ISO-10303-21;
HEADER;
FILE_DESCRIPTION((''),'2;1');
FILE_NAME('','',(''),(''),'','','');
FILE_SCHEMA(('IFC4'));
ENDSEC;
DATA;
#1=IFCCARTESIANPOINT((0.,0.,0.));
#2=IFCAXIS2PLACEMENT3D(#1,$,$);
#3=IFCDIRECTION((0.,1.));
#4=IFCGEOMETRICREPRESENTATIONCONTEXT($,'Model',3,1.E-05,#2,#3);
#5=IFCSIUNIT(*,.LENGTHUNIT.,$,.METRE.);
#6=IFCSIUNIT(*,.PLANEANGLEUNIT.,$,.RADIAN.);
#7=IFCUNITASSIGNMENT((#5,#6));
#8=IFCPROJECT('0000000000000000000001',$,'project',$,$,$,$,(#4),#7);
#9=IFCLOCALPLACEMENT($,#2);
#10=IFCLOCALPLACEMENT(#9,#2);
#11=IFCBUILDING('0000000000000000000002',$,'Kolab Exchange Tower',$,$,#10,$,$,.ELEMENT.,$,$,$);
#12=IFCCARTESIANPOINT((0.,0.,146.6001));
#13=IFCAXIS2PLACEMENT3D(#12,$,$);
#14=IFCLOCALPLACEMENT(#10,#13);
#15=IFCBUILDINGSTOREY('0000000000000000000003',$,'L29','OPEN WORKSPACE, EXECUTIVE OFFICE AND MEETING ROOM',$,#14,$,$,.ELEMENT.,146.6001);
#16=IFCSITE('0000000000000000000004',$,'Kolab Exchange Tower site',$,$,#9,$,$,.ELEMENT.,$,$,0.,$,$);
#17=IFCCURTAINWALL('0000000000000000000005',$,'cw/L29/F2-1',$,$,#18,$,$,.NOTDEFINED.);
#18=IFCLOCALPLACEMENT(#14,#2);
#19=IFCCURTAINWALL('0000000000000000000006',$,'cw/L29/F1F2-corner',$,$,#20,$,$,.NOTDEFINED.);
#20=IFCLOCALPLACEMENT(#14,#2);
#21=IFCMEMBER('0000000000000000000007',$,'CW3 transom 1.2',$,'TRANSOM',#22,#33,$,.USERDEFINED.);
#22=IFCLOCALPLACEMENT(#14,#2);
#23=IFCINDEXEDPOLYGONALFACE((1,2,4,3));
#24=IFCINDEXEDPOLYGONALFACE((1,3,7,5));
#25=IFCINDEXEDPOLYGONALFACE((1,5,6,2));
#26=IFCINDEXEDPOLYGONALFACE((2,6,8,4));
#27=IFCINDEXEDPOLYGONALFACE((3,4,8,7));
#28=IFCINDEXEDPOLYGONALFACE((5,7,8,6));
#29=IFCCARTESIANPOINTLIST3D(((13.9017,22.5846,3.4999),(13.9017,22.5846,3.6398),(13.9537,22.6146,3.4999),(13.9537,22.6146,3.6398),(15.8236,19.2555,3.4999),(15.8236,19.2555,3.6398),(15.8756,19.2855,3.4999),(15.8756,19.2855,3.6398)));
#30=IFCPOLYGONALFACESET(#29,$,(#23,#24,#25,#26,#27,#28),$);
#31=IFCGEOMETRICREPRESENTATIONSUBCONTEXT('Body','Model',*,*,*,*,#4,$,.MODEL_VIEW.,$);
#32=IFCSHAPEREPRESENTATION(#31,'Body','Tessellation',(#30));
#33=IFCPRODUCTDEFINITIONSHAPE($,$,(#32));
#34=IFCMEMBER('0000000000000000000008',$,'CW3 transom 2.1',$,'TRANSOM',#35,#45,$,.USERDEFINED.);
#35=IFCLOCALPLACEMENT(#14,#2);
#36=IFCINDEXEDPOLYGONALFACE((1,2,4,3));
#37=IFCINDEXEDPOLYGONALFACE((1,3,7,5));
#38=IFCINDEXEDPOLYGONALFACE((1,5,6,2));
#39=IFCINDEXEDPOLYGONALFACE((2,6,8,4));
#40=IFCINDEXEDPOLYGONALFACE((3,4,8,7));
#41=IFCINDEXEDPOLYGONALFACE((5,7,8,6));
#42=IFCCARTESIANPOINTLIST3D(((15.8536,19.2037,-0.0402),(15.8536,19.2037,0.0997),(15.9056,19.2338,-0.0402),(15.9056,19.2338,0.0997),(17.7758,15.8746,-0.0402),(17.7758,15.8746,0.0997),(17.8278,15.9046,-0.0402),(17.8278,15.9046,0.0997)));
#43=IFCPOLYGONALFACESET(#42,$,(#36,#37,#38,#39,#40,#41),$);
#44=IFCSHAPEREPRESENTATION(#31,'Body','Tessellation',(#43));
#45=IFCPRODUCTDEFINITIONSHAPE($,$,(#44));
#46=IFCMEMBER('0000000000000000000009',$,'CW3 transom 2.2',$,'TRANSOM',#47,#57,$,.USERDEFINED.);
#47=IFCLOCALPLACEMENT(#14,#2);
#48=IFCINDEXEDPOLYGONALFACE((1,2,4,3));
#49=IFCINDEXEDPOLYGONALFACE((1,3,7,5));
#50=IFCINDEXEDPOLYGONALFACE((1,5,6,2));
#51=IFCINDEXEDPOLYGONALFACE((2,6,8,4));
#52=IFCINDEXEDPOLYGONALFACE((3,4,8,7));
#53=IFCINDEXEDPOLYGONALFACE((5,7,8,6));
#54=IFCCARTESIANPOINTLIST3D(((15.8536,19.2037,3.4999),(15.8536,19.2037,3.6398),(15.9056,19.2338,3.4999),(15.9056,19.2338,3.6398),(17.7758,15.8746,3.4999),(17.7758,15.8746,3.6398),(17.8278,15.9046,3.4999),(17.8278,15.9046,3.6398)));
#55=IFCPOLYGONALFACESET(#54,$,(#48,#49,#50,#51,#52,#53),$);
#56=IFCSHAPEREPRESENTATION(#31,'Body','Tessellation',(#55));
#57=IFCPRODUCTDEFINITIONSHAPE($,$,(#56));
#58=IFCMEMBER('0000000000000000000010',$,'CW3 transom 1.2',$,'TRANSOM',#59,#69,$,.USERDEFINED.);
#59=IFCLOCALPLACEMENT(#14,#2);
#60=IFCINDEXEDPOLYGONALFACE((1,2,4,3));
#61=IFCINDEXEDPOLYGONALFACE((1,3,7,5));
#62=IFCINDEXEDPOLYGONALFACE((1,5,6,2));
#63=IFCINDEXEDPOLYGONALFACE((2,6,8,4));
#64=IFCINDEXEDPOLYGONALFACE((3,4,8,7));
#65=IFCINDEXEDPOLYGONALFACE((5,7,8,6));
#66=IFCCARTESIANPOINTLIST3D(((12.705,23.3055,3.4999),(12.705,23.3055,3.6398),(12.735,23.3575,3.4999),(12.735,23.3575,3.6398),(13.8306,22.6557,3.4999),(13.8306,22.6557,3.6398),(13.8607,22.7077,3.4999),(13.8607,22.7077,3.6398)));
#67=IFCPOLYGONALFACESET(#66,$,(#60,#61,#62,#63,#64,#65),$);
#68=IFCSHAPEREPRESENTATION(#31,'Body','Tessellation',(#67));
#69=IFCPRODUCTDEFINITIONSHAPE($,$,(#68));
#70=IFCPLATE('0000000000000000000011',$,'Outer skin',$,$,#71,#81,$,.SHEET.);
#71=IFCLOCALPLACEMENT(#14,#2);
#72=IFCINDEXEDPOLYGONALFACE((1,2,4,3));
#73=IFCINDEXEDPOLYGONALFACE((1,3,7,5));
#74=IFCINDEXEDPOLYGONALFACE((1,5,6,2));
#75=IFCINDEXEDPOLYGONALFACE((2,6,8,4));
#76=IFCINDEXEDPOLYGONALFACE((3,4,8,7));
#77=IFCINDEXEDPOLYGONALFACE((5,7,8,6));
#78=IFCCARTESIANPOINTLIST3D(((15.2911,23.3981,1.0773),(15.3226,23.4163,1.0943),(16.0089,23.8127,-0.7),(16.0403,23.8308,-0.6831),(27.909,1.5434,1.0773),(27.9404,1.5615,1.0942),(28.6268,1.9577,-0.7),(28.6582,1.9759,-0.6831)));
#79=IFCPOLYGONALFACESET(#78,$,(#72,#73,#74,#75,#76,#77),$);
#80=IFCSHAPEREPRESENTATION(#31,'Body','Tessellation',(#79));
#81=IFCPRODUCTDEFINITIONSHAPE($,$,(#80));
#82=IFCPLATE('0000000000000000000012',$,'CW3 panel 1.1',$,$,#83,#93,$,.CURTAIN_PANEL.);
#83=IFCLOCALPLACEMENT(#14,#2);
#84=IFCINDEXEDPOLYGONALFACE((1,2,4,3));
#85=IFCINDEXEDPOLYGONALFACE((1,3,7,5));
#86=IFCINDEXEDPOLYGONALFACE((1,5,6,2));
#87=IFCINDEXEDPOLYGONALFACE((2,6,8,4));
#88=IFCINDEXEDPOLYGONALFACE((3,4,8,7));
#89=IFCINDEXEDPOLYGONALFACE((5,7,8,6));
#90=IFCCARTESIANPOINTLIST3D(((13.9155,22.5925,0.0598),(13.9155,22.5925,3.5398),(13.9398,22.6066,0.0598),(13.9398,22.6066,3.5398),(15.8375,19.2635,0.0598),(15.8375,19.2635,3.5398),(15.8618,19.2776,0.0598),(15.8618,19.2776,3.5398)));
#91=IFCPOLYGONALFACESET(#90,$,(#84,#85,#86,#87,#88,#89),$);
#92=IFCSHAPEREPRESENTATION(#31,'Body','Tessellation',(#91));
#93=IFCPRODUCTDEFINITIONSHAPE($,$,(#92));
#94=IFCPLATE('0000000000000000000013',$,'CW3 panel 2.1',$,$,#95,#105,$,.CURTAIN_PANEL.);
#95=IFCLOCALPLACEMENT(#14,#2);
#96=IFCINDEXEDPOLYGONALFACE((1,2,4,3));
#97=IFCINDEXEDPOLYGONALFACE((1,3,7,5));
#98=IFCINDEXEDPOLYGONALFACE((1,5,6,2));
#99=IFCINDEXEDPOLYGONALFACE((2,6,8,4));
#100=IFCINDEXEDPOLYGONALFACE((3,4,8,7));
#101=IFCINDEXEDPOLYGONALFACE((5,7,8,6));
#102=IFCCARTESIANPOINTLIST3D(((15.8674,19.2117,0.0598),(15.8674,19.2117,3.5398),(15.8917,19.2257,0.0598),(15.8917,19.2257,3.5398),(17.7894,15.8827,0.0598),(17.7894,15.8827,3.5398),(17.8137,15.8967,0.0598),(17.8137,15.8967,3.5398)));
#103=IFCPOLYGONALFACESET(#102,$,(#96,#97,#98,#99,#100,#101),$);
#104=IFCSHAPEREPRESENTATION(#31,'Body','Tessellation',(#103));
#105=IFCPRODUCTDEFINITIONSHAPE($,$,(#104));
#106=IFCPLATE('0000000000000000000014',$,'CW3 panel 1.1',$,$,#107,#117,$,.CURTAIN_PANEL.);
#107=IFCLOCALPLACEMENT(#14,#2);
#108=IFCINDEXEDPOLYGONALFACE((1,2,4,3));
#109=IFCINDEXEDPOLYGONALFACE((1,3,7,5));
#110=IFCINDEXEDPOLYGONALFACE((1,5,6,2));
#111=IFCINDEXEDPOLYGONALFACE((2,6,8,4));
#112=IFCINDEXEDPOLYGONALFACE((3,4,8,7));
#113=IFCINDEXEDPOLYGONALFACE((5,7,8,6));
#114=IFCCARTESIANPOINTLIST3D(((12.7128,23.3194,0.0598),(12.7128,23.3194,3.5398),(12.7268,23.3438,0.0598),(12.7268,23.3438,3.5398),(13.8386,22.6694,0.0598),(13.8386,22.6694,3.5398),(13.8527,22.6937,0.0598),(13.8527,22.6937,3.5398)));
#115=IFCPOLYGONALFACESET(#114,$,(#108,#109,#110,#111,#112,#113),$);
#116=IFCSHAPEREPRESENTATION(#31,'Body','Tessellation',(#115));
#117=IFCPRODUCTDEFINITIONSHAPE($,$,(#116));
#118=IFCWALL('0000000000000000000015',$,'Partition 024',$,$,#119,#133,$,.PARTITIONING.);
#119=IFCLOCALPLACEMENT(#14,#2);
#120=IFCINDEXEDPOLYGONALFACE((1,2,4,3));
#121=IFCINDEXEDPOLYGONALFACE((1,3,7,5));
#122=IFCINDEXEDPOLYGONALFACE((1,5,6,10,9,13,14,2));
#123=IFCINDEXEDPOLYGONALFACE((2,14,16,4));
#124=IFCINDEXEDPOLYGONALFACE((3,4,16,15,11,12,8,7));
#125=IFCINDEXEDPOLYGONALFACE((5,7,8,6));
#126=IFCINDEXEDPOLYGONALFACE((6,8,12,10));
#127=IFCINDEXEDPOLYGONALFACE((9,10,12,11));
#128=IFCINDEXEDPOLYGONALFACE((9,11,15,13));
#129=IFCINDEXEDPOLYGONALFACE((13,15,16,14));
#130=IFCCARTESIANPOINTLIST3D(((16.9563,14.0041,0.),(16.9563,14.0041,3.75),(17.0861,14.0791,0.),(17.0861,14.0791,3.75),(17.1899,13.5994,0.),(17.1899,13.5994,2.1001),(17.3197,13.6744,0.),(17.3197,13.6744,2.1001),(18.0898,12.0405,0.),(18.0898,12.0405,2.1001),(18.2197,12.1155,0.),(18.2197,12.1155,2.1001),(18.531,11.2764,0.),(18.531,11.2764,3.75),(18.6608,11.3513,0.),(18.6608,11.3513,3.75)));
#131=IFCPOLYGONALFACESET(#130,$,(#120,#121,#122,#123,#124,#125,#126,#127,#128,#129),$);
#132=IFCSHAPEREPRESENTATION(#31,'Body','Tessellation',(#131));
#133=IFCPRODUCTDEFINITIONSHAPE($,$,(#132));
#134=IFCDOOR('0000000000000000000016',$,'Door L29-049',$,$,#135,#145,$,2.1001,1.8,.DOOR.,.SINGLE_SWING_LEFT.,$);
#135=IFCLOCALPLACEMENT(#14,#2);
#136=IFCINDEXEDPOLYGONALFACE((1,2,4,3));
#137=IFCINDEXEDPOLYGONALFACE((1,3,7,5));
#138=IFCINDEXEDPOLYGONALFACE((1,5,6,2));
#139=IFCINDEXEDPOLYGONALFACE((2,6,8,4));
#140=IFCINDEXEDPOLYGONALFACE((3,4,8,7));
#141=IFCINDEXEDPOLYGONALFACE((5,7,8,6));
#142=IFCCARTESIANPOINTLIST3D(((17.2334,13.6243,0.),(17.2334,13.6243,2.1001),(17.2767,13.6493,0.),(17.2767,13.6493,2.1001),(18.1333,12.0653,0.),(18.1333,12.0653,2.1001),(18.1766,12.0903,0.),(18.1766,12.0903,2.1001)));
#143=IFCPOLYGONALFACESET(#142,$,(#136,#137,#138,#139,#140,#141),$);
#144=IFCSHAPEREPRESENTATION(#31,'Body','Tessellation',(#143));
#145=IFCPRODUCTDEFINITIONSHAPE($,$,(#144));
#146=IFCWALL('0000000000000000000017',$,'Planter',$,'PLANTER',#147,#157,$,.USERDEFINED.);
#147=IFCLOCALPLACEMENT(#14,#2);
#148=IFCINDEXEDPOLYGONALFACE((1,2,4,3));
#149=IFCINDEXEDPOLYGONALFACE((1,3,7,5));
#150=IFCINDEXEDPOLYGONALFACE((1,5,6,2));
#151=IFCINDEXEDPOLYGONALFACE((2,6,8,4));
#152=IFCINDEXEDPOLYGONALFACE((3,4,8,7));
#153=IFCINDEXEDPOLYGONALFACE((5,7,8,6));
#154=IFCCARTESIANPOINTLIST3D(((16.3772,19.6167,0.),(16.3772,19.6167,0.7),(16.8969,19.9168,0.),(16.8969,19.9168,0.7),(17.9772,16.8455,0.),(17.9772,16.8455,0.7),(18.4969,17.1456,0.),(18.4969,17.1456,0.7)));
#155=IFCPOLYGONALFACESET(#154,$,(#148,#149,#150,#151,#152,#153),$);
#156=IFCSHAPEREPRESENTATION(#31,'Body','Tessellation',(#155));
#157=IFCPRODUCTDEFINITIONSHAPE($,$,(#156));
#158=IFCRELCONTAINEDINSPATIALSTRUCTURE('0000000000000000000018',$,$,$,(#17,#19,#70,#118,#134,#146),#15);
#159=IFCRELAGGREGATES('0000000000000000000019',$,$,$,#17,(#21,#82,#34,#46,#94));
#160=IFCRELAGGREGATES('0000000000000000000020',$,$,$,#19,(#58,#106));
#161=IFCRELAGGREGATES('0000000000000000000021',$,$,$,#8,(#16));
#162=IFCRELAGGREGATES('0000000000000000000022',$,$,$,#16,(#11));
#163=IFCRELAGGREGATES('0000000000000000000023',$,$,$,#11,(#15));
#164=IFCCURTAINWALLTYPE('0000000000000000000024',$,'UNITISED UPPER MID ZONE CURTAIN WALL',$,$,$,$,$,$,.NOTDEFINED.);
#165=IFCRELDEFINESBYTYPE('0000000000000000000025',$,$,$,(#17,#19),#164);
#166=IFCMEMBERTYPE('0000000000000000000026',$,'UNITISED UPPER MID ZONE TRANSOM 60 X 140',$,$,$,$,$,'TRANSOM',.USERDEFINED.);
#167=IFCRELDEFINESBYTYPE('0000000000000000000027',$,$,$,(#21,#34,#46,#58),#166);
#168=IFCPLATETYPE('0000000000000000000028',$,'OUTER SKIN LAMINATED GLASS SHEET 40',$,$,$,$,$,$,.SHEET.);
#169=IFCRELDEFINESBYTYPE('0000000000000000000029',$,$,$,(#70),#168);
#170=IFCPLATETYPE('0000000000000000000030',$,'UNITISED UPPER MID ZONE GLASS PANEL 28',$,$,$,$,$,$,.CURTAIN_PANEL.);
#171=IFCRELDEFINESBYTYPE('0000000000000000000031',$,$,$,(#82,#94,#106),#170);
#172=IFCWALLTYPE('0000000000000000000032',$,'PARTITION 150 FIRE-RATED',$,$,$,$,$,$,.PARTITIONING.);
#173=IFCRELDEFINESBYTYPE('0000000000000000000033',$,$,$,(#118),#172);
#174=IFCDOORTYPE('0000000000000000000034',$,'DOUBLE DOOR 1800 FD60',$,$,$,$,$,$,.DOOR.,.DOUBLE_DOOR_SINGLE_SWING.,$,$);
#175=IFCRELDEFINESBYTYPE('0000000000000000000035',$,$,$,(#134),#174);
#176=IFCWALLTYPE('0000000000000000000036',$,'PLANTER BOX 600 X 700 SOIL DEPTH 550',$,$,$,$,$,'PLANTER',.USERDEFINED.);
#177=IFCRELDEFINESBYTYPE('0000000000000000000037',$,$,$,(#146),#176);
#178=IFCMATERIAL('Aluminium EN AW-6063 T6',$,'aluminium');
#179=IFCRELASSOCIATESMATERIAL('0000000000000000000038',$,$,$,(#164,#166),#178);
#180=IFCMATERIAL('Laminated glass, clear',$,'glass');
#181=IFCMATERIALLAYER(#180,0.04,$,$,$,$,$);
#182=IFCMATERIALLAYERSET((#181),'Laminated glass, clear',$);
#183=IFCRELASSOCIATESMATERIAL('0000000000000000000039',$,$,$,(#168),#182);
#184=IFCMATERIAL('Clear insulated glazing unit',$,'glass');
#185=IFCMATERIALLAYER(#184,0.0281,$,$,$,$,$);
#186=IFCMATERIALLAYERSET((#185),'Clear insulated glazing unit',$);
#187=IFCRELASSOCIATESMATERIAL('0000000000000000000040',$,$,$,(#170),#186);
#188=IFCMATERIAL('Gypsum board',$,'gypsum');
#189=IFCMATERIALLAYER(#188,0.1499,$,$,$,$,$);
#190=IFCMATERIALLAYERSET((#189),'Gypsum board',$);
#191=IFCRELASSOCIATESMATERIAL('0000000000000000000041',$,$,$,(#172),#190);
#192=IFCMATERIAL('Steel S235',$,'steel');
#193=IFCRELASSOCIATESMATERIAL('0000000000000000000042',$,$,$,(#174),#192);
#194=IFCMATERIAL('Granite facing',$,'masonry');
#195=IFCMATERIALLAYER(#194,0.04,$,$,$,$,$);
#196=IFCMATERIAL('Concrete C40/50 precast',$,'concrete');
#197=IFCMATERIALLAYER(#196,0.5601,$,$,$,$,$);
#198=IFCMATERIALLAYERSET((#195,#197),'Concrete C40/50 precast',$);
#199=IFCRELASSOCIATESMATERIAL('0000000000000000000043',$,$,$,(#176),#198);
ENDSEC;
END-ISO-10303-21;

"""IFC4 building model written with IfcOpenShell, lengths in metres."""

from ifc_helpers import new_model, si_unit, direction, frame, frame_2d, origin, origin_2d, place, context, subcontext, project, spatial, polyline, rectangle, outline, extrude, material, layer, layer_set, material_profile, profile_set, type_object, element, fill, aggregate, save


model = new_model("IFC4")

# Units and contexts
model_context = context("Model", 3, precision=1e-05, world=origin(), true_north=direction((0.0, 1.0)))
body_context = subcontext(model_context, "Body", "Model", "MODEL_VIEW")
ifc_project = project(units=[si_unit("LENGTHUNIT", "METRE"), si_unit("PLANEANGLEUNIT", "RADIAN")], contexts=[model_context])

# Site, building, storey
site_placement = place(None, origin())
site = spatial("IfcSite", under=ifc_project, at=site_placement, Name="Kolab Exchange Tower site", CompositionType="ELEMENT", RefElevation=0.0)
building_placement = place(site_placement, origin())
building = spatial("IfcBuilding", under=site, at=building_placement, Name="Kolab Exchange Tower", CompositionType="ELEMENT")
storey_placement = place(building_placement, frame((0.0, 0.0, 146.6001)))
storey = spatial("IfcBuildingStorey", under=building, at=storey_placement, Name="L29", Description="OPEN WORKSPACE, EXECUTIVE OFFICE AND MEETING ROOM", CompositionType="ELEMENT", Elevation=146.6001)

# Curtain wall
ifc_material_1 = material(Name="Aluminium EN AW-6063 T6", Category="aluminium")
curtain_wall_type = type_object("IfcCurtainWallType", Name="UNITISED UPPER MID ZONE CURTAIN WALL", PredefinedType="NOTDEFINED", material=ifc_material_1)
curtain_wall_1_placement = place(storey_placement, origin())
curtain_wall_1 = element("IfcCurtainWall", 1, at=curtain_wall_1_placement, inside=storey, type_object=curtain_wall_type, Name="cw/L29/F2-1", PredefinedType="NOTDEFINED")

# Curtain wall
curtain_wall_2_placement = place(storey_placement, origin())
curtain_wall_2 = element("IfcCurtainWall", 2, at=curtain_wall_2_placement, inside=storey, type_object=curtain_wall_type, Name="cw/L29/F1F2-corner", PredefinedType="NOTDEFINED")

# Members
ifc_material_profile_1 = material_profile(ifc_material_1, rectangle(XDim=0.0601, YDim=0.1399, at=origin_2d()), Name="RECT 60X140")
ifc_profile_set_1 = profile_set([ifc_material_profile_1], Name="Aluminium EN AW-6063 T6")
member_type_1 = type_object("IfcMemberType", Name="UNITISED UPPER MID ZONE TRANSOM 60 X 140", ElementType="TRANSOM", PredefinedType="USERDEFINED", material=ifc_profile_set_1)
member_1_placement = place(storey_placement, frame((13.9277, 22.5996, 3.5698), z_axis=(0.499964, -0.866046, 0.0), x_axis=(0.866046, 0.499964, 0.0)))
member_1 = element("IfcMember", 3, at=member_1_placement, type_object=member_type_1, Name="CW3 transom 1.2", ObjectType="TRANSOM", PredefinedType="USERDEFINED", context=body_context, shape_type="SweptSolid", body=[
    extrude(rectangle(XDim=0.0601, YDim=0.1399, at=origin_2d()), origin(), (0.0, 0.0, 1.0), 3.844),
])
member_2_placement = place(storey_placement, frame((15.8796, 19.2188, 0.0298), z_axis=(0.500012, -0.866018, 0.0), x_axis=(0.866018, 0.500012, 0.0)))
member_2 = element("IfcMember", 4, at=member_2_placement, type_object=member_type_1, Name="CW3 transom 2.1", ObjectType="TRANSOM", PredefinedType="USERDEFINED", context=body_context, shape_type="SweptSolid", body=[
    extrude(rectangle(XDim=0.0601, YDim=0.1399, at=origin_2d()), origin(), (0.0, 0.0, 1.0), 3.8442),
])
member_3_placement = place(storey_placement, frame((15.8796, 19.2188, 3.5698), z_axis=(0.500012, -0.866018, 0.0), x_axis=(0.866018, 0.500012, 0.0)))
member_3 = element("IfcMember", 5, at=member_3_placement, type_object=member_type_1, Name="CW3 transom 2.2", ObjectType="TRANSOM", PredefinedType="USERDEFINED", context=body_context, shape_type="SweptSolid", body=[
    extrude(rectangle(XDim=0.0601, YDim=0.1399, at=origin_2d()), origin(), (0.0, 0.0, 1.0), 3.8442),
])
member_4_placement = place(storey_placement, frame((12.72, 23.3315, 3.5698), z_axis=(0.866039, -0.499977, 0.0), x_axis=(0.499977, 0.866039, 0.0)))
member_4 = element("IfcMember", 6, at=member_4_placement, type_object=member_type_1, Name="CW3 transom 1.2", ObjectType="TRANSOM", PredefinedType="USERDEFINED", context=body_context, shape_type="SweptSolid", body=[
    extrude(rectangle(XDim=0.0601, YDim=0.1399, at=origin_2d()), origin(), (0.0, 0.0, 1.0), 1.2998),
])

# Plates
ifc_material_2 = material(Name="Laminated glass, clear", Category="glass")
ifc_layer_1 = layer(ifc_material_2, 0.04)
ifc_layer_set_1 = layer_set([ifc_layer_1], Name="Laminated glass, clear")
plate_type_1 = type_object("IfcPlateType", Name="OUTER SKIN LAMINATED GLASS SHEET 40", PredefinedType="SHEET", material=ifc_layer_set_1)
plate_1_placement = place(storey_placement, frame((16.0403, 23.8308, -0.6831), z_axis=(0.784879, 0.453151, 0.422633), x_axis=(0.5, -0.866025, 0.000001)))
element("IfcPlate", 7, at=plate_1_placement, inside=storey, type_object=plate_type_1, Name="Outer skin", PredefinedType="SHEET", context=body_context, shape_type="SweptSolid", body=[
    extrude(outline(polyline([(0.0, 0.0), (25.2359, 0.0), (25.2358, -1.9611), (0.0001, -1.9611), (0.0, 0.0)])), origin(), (0.0, 0.0, -1.0), 0.04),
])
ifc_material_3 = material(Name="Clear insulated glazing unit", Category="glass")
ifc_layer_2 = layer(ifc_material_3, 0.0281)
ifc_layer_set_2 = layer_set([ifc_layer_2], Name="Clear insulated glazing unit")
plate_type_2 = type_object("IfcPlateType", Name="UNITISED UPPER MID ZONE GLASS PANEL 28", PredefinedType="CURTAIN_PANEL", material=ifc_layer_set_2)
plate_2_placement = place(storey_placement, frame((14.8887, 20.9351, 0.0598), z_axis=(0.0, 0.0, 1.0), x_axis=(0.5, -0.866025, 0.0)))
plate_2 = element("IfcPlate", 8, at=plate_2_placement, type_object=plate_type_2, Name="CW3 panel 1.1", PredefinedType="CURTAIN_PANEL", context=body_context, shape_type="SweptSolid", body=[
    extrude(rectangle(XDim=3.844, YDim=0.0281, at=origin_2d()), origin(), (0.0, 0.0, 1.0), 3.48),
])
plate_3_placement = place(storey_placement, frame((16.8406, 17.5542, 0.0598), z_axis=(0.0, 0.0, 1.0), x_axis=(0.5, -0.866025, 0.0)))
plate_3 = element("IfcPlate", 9, at=plate_3_placement, type_object=plate_type_2, Name="CW3 panel 2.1", PredefinedType="CURTAIN_PANEL", context=body_context, shape_type="SweptSolid", body=[
    extrude(rectangle(XDim=3.844, YDim=0.0281, at=origin_2d()), origin(), (0.0, 0.0, 1.0), 3.48),
])
aggregate(curtain_wall_1, [member_1, plate_2, member_2, member_3, plate_3])
plate_4_placement = place(storey_placement, frame((13.2827, 23.0066, 0.0598), z_axis=(0.0, 0.0, 1.0), x_axis=(0.866025, -0.5, 0.0)))
plate_4 = element("IfcPlate", 10, at=plate_4_placement, type_object=plate_type_2, Name="CW3 panel 1.1", PredefinedType="CURTAIN_PANEL", context=body_context, shape_type="SweptSolid", body=[
    extrude(rectangle(XDim=1.3, YDim=0.0281, at=origin_2d()), origin(), (0.0, 0.0, 1.0), 3.48),
])
aggregate(curtain_wall_2, [member_4, plate_4])

# Wall, opening, door
ifc_material_4 = material(Name="Gypsum board", Category="gypsum")
ifc_layer_3 = layer(ifc_material_4, 0.1499)
ifc_layer_set_3 = layer_set([ifc_layer_3], Name="Gypsum board")
wall_type_1 = type_object("IfcWallType", Name="PARTITION 150 FIRE-RATED", PredefinedType="PARTITIONING", material=ifc_layer_set_3)
wall_1_placement = place(storey_placement, frame((17.0212, 14.0415, 0.0), z_axis=(0.0, 0.0, 1.0), x_axis=(0.499957, -0.86605, 0.0)))
wall_1 = element("IfcWall", 11, at=wall_1_placement, inside=storey, type_object=wall_type_1, Name="Partition 024", PredefinedType="PARTITIONING", context=body_context, shape_type="SweptSolid", body=[
    extrude(rectangle(XDim=3.1497, YDim=0.1499, at=frame_2d((1.5747, 0.0))), origin(), (0.0, 0.0, 1.0), 3.75),
])
opening_1_placement = place(wall_1_placement, frame((0.4673, 0.0, 0.0)))
opening_1 = element("IfcOpeningElement", 12, at=opening_1_placement, cuts=wall_1, PredefinedType="OPENING", context=body_context, shape_type="SweptSolid", body=[
    extrude(rectangle(XDim=1.8, YDim=2.1001, at=frame_2d((0.8999, 1.05))), frame((0.0, 0.085, 0.0), z_axis=(0.0, -1.0, 0.0), x_axis=(1.0, 0.0, 0.0)), (0.0, 0.0, 1.0), 0.1699),
])
ifc_material_5 = material(Name="Steel S235", Category="steel")
door_type_1 = type_object("IfcDoorType", Name="DOUBLE DOOR 1800 FD60", OperationType="DOUBLE_DOOR_SINGLE_SWING", PredefinedType="DOOR", material=ifc_material_5)
door_1_placement = place(opening_1_placement, frame((1.8, 0.0, 0.0), z_axis=(0.0, 0.0, 1.0), x_axis=(-1.0, 0.0, 0.0)))
door_1 = element("IfcDoor", 13, at=door_1_placement, inside=storey, type_object=door_type_1, Name="Door L29-049", OperationType="SINGLE_SWING_LEFT", OverallHeight=2.1001, OverallWidth=1.8, PredefinedType="DOOR", context=body_context, shape_type="SweptSolid", body=[
    extrude(rectangle(XDim=1.8, YDim=2.1001, at=frame_2d((0.8999, 1.05))), frame((0.0, 0.0249, 0.0), z_axis=(0.0, -1.0, 0.0), x_axis=(1.0, 0.0, 0.0)), (0.0, 0.0, 1.0), 0.05),
])
fill(opening_1, door_1)

# Wall
ifc_material_6 = material(Name="Granite facing", Category="masonry")
ifc_layer_4 = layer(ifc_material_6, 0.04)
ifc_material_7 = material(Name="Concrete C40/50 precast", Category="concrete")
ifc_layer_5 = layer(ifc_material_7, 0.5601)
ifc_layer_set_4 = layer_set([ifc_layer_4, ifc_layer_5], Name="Concrete C40/50 precast")
wall_type_2 = type_object("IfcWallType", Name="PLANTER BOX 600 X 700 SOIL DEPTH 550", ElementType="PLANTER", PredefinedType="USERDEFINED", material=ifc_layer_set_4)
wall_2_placement = place(storey_placement, frame((16.637, 19.7668, 0.0), z_axis=(0.0, 0.0, 1.0), x_axis=(0.500028, -0.866009, 0.0)))
element("IfcWall", 14, at=wall_2_placement, inside=storey, type_object=wall_type_2, Name="Planter", ObjectType="PLANTER", PredefinedType="USERDEFINED", context=body_context, shape_type="SweptSolid", body=[
    extrude(rectangle(XDim=3.2, YDim=0.6001, at=frame_2d((1.6001, 0.0))), origin(), (0.0, 0.0, 1.0), 0.7),
])

save(model, "model.ifc")
